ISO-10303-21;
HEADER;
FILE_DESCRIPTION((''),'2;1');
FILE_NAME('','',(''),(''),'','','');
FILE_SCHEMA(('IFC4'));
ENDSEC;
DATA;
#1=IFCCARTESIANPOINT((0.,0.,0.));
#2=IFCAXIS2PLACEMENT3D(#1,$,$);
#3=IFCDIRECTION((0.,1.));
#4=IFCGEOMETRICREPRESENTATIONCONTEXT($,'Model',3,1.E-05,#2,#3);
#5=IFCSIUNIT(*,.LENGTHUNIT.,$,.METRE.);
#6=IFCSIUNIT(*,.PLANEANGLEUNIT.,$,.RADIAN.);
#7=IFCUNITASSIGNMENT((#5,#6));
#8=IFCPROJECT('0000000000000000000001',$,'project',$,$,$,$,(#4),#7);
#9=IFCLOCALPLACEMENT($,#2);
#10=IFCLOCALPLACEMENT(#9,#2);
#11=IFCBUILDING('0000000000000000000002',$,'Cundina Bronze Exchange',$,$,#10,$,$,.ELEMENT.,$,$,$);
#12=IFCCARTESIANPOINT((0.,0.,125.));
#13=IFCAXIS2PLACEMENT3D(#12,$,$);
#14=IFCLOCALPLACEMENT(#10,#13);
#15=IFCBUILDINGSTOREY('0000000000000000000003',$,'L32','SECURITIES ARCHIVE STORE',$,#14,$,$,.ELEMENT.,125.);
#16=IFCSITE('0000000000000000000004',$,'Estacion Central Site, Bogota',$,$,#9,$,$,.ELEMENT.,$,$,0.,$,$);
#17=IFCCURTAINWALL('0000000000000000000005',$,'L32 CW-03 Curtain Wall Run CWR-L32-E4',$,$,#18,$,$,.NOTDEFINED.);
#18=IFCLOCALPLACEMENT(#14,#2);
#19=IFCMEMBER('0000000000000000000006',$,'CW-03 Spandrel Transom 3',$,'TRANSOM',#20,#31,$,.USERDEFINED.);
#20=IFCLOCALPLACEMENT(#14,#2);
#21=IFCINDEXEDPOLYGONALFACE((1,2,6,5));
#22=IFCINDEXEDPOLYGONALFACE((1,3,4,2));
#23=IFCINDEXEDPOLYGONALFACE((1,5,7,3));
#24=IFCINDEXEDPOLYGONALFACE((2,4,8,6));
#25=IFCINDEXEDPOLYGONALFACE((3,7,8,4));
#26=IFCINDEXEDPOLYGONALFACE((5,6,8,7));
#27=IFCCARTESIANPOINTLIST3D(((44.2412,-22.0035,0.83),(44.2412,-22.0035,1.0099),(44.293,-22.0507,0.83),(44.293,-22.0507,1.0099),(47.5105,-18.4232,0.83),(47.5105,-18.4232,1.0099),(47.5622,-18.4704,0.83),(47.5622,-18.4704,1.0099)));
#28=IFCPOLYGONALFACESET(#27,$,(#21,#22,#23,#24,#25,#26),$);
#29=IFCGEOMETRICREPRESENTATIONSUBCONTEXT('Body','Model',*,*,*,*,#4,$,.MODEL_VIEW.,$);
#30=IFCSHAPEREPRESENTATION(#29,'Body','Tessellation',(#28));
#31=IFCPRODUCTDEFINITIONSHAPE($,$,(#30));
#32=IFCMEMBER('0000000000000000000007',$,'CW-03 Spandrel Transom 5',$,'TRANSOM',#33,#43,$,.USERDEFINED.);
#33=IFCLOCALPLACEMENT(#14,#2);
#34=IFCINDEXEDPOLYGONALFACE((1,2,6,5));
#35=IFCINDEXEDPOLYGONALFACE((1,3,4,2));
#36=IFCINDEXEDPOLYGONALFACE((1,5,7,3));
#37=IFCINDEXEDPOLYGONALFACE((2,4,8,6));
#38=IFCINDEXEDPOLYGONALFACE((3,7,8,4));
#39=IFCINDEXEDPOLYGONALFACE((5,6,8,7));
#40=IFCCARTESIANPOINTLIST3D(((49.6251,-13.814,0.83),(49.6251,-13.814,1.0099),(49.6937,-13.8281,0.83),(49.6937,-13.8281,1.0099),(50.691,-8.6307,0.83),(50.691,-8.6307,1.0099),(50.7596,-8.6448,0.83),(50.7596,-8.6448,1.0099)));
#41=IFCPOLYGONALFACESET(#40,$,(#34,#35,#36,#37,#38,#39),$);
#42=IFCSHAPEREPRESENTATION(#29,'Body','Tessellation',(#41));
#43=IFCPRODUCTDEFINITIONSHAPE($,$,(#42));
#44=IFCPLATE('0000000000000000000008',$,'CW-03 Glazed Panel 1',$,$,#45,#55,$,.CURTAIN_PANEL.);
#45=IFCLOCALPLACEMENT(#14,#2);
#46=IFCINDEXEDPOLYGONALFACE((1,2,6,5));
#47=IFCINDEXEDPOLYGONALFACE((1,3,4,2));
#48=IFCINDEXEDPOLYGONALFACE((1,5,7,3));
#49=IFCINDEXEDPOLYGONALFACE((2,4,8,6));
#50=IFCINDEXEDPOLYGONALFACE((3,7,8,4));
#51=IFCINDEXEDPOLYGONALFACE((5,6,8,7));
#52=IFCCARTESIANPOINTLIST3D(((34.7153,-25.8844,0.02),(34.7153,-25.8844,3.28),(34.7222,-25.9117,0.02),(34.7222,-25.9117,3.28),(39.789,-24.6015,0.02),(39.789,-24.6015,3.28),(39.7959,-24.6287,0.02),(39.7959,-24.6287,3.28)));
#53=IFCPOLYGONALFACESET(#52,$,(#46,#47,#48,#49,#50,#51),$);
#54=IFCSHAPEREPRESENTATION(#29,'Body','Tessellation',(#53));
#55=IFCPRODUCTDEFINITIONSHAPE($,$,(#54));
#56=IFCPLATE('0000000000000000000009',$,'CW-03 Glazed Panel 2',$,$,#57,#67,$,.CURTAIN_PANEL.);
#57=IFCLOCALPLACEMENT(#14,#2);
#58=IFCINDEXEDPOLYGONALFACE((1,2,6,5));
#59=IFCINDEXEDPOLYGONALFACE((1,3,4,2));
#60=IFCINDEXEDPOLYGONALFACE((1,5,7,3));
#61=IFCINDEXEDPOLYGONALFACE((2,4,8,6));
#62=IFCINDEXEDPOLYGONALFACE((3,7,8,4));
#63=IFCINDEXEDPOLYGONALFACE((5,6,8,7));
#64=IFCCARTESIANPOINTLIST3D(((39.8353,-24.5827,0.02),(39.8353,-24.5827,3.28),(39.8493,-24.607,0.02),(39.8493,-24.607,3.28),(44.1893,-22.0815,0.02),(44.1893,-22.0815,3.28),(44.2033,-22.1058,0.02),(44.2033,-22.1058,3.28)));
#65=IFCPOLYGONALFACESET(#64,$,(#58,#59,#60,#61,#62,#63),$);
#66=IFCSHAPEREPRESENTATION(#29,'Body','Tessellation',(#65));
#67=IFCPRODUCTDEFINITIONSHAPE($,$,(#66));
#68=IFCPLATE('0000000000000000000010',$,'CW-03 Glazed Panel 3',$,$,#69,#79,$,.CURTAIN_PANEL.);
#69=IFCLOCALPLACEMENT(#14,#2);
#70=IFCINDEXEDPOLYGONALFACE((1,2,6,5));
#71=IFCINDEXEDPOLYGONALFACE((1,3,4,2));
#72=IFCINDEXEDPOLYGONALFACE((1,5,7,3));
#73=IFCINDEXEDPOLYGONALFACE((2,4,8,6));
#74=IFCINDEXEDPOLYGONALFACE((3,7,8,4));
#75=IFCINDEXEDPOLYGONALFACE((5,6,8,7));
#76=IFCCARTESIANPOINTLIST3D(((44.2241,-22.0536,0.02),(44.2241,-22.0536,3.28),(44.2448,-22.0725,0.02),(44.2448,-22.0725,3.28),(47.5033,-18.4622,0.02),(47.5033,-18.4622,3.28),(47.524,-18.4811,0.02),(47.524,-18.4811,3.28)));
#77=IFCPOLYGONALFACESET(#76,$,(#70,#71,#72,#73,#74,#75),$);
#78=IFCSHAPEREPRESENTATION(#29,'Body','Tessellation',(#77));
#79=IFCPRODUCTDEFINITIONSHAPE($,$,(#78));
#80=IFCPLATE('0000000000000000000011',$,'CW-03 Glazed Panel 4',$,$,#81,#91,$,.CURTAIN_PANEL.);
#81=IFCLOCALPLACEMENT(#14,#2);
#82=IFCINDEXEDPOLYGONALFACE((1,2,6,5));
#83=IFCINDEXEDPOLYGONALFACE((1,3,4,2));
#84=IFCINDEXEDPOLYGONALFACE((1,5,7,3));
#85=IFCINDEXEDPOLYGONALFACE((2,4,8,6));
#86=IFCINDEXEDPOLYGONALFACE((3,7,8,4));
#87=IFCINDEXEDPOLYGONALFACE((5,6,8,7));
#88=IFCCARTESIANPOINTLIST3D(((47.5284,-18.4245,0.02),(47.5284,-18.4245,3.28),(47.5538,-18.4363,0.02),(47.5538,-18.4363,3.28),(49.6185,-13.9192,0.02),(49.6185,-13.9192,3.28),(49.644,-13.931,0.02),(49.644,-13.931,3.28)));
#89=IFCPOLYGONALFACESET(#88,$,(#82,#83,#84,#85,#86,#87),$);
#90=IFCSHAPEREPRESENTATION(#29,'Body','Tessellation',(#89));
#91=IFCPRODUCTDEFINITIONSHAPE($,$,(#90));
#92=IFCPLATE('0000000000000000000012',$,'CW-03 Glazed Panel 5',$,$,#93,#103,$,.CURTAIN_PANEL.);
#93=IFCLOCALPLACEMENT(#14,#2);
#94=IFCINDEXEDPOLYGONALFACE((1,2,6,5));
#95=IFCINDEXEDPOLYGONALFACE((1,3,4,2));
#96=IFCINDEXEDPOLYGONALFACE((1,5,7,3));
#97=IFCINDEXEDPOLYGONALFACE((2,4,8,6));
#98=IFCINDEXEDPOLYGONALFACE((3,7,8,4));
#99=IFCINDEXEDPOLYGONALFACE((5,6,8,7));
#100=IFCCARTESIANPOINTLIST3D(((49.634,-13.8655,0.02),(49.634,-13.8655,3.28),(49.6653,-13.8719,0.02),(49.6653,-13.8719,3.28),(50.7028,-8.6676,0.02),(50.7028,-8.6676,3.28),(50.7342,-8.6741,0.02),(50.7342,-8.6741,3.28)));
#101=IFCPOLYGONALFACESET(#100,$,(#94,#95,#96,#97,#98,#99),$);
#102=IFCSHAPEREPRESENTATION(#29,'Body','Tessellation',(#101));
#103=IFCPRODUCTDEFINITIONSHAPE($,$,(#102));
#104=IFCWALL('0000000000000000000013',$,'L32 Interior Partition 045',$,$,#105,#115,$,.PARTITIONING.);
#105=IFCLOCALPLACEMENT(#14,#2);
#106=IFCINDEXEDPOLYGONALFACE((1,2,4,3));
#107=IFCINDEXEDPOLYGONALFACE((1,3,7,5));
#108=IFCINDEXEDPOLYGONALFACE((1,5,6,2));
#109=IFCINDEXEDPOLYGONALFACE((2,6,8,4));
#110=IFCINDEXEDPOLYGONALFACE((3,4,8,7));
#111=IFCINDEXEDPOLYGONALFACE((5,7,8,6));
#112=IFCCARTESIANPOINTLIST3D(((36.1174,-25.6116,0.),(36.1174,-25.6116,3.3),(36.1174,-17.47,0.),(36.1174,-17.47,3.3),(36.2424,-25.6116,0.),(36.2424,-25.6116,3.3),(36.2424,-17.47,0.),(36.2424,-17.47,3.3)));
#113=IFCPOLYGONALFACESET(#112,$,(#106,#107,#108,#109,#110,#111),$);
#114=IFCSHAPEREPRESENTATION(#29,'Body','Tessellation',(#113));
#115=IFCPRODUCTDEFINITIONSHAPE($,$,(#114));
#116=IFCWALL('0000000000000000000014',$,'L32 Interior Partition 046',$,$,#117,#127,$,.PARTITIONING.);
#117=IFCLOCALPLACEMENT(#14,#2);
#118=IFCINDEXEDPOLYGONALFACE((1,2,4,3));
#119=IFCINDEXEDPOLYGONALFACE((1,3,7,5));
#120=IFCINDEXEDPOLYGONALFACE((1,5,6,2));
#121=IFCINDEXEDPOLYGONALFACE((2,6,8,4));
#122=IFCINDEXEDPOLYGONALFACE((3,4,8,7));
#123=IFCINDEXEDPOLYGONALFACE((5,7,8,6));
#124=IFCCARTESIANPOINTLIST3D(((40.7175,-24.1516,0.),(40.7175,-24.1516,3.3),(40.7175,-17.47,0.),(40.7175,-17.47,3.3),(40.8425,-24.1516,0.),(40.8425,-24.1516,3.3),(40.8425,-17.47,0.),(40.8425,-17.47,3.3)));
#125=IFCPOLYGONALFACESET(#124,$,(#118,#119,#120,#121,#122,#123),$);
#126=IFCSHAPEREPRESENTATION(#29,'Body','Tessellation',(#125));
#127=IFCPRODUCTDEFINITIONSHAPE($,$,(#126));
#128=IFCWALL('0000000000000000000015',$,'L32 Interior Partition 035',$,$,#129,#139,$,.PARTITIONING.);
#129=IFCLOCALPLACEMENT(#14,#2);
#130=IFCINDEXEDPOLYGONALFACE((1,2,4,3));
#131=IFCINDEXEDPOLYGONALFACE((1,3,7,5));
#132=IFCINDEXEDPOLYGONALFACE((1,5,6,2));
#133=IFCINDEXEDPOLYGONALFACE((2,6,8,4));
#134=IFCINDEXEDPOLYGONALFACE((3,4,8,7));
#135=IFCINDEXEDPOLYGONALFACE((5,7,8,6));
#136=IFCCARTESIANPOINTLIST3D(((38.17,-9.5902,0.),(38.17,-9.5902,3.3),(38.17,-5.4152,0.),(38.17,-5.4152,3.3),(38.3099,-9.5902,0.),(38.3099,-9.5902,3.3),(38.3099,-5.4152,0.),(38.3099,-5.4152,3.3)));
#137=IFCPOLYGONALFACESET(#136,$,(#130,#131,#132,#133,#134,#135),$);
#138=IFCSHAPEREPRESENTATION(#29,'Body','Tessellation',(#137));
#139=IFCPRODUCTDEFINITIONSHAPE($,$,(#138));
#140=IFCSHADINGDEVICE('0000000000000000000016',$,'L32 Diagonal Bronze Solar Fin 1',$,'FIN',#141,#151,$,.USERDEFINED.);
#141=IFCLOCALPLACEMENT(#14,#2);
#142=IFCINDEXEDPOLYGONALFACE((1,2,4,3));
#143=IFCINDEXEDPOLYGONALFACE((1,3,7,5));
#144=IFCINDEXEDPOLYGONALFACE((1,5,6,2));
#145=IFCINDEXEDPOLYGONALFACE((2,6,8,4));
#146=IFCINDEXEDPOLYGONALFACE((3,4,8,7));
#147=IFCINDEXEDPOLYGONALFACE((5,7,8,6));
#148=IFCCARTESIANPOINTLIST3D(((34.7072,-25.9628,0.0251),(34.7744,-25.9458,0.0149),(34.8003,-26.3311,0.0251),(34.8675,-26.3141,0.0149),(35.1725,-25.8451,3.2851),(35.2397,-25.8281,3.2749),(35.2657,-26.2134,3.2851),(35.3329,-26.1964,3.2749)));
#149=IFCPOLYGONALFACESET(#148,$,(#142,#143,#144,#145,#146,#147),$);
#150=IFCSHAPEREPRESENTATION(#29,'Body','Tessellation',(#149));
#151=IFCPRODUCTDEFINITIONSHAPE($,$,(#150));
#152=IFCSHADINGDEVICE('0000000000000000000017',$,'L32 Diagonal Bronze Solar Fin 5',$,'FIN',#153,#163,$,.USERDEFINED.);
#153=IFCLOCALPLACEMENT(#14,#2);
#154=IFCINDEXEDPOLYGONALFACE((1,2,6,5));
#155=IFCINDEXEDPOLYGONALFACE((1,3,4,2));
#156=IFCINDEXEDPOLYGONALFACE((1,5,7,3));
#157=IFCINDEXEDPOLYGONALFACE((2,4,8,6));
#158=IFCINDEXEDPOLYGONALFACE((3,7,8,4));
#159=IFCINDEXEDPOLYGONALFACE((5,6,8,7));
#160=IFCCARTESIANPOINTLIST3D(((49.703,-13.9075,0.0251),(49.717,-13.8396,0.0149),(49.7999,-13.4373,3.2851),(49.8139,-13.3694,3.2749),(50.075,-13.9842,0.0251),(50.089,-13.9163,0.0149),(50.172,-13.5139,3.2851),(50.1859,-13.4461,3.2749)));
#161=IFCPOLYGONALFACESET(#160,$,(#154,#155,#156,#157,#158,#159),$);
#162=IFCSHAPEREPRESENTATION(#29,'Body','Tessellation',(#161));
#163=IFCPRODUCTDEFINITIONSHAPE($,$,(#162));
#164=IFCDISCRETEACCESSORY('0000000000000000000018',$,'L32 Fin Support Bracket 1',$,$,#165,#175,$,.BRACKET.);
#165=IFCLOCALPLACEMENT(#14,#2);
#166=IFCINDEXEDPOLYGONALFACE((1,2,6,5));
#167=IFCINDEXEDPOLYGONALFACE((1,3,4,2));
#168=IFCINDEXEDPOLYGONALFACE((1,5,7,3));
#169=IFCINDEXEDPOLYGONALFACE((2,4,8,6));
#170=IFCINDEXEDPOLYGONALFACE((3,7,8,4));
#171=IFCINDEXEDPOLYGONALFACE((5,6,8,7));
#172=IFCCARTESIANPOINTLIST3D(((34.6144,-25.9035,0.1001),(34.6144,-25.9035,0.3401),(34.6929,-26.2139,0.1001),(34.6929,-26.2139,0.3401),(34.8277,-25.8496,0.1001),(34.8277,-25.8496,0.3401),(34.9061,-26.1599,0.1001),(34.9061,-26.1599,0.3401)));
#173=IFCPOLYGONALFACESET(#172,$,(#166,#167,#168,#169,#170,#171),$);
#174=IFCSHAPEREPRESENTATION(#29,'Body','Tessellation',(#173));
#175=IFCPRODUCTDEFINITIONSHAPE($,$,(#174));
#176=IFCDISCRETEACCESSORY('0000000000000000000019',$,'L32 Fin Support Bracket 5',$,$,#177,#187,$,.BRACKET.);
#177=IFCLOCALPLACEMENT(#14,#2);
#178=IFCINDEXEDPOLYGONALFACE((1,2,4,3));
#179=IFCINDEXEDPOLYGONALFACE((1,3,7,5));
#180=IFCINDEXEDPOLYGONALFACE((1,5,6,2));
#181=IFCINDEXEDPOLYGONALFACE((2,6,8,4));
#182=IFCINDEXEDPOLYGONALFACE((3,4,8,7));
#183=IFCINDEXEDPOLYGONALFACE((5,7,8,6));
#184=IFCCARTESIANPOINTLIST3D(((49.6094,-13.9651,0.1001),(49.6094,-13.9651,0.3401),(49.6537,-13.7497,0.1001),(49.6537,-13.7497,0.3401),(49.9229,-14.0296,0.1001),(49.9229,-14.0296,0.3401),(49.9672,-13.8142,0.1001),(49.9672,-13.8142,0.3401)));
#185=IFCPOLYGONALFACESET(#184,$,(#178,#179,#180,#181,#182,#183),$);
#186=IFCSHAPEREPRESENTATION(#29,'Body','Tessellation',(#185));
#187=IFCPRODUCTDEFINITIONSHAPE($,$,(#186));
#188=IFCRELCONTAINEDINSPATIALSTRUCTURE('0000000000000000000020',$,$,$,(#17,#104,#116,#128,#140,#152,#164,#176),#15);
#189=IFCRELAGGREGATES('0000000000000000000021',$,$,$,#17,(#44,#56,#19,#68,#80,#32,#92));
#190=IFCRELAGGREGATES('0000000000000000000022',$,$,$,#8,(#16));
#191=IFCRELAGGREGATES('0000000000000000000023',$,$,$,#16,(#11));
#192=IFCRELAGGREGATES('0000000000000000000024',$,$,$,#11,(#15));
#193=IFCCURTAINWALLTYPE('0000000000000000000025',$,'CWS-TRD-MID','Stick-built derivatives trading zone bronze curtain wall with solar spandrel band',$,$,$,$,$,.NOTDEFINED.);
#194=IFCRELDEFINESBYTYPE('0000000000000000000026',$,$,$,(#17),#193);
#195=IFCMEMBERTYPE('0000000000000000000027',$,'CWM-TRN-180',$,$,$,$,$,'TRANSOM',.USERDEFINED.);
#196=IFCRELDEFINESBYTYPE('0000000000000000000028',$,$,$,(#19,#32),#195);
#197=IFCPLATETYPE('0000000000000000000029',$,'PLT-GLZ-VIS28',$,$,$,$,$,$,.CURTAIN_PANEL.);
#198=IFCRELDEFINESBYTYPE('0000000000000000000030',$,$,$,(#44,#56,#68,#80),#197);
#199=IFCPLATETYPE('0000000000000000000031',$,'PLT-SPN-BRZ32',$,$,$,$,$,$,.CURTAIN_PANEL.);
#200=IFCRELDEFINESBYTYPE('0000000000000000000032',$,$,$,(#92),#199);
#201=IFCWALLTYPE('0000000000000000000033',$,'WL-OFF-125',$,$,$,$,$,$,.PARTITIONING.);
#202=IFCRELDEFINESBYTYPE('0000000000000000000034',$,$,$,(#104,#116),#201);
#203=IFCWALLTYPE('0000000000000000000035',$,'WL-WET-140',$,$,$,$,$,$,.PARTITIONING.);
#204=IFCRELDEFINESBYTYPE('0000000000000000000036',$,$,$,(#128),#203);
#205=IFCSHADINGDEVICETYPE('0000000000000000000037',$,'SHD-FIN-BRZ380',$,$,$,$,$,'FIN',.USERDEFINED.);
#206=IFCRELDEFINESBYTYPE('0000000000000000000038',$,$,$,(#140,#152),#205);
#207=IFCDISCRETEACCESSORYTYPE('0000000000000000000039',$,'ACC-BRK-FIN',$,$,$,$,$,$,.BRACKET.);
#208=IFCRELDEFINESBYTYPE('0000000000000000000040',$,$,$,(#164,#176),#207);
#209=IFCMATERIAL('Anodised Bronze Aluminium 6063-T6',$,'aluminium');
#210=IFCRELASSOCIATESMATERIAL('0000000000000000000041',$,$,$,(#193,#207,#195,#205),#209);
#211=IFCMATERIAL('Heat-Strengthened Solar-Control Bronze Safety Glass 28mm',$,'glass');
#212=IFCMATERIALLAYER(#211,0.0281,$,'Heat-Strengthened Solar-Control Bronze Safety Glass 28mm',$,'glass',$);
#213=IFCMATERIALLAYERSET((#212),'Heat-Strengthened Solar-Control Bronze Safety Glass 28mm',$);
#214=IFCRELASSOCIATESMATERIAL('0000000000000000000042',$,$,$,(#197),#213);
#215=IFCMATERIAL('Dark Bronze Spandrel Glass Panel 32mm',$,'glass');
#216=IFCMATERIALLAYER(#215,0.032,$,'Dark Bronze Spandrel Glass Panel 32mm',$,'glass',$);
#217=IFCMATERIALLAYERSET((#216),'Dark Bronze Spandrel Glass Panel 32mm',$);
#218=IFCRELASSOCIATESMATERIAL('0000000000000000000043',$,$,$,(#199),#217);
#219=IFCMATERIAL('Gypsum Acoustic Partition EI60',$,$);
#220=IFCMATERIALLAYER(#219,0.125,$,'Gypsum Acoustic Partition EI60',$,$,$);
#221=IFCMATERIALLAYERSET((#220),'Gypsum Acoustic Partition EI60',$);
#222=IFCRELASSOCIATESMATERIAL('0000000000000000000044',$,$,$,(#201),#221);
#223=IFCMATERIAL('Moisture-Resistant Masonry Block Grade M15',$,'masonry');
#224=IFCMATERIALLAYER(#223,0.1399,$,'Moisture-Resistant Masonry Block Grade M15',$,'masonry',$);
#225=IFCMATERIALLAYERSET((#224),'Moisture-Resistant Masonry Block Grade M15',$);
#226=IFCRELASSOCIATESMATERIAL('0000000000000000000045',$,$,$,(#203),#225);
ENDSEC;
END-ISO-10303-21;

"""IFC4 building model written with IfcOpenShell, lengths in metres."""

from ifc_helpers import new_model, si_unit, direction, frame, frame_2d, origin, origin_2d, place, context, subcontext, project, spatial, rectangle, extrude, material, layer, layer_set, material_profile, profile_set, type_object, element, aggregate, save


model = new_model("IFC4")

# Units and contexts
model_context = context("Model", 3, precision=1e-05, world=origin(), true_north=direction((0.0, 1.0)))
body_context = subcontext(model_context, "Body", "Model", "MODEL_VIEW")
ifc_project = project(units=[si_unit("LENGTHUNIT", "METRE"), si_unit("PLANEANGLEUNIT", "RADIAN")], contexts=[model_context])

# Site, building, storey
site_placement = place(None, origin())
site = spatial("IfcSite", under=ifc_project, at=site_placement, Name="Estacion Central Site, Bogota", CompositionType="ELEMENT", RefElevation=0.0)
building_placement = place(site_placement, origin())
building = spatial("IfcBuilding", under=site, at=building_placement, Name="Cundina Bronze Exchange", CompositionType="ELEMENT")
storey_placement = place(building_placement, frame((0.0, 0.0, 125.0)))
storey = spatial("IfcBuildingStorey", under=building, at=storey_placement, Name="L32", Description="SECURITIES ARCHIVE STORE", CompositionType="ELEMENT", Elevation=125.0)

# Curtain wall, members, plates
ifc_material_1 = material(Name="Anodised Bronze Aluminium 6063-T6", Category="aluminium")
curtain_wall_type = type_object("IfcCurtainWallType", Name="CWS-TRD-MID", Description="Stick-built derivatives trading zone bronze curtain wall with solar spandrel band", PredefinedType="NOTDEFINED", material=ifc_material_1)
curtain_wall_placement = place(storey_placement, origin())
curtain_wall = element("IfcCurtainWall", 1, at=curtain_wall_placement, inside=storey, type_object=curtain_wall_type, Name="L32 CW-03 Curtain Wall Run CWR-L32-E4", PredefinedType="NOTDEFINED")
ifc_material_profile_1 = material_profile(ifc_material_1, rectangle(XDim=0.0701, YDim=0.1799, at=origin_2d()), Name="AL70X180", Category="aluminium")
ifc_profile_set_1 = profile_set([ifc_material_profile_1], Name="Anodised Bronze Aluminium 6063-T6")
member_type_1 = type_object("IfcMemberType", Name="CWM-TRN-180", ElementType="TRANSOM", PredefinedType="USERDEFINED", material=ifc_profile_set_1)
member_1_placement = place(storey_placement, frame((44.2671, -22.0271, 0.9199), z_axis=(0.674303, 0.738455, 0.0), x_axis=(-0.738455, 0.674303, 0.0)))
member_1 = element("IfcMember", 2, at=member_1_placement, type_object=member_type_1, Name="CW-03 Spandrel Transom 3", ObjectType="TRANSOM", PredefinedType="USERDEFINED", context=body_context, shape_type="SweptSolid", body=[
    extrude(rectangle(XDim=0.0701, YDim=0.1799, at=origin_2d()), origin(), (0.0, 0.0, 1.0), 4.8484),
])
member_2_placement = place(storey_placement, frame((49.6594, -13.821, 0.9199), z_axis=(0.201428, 0.979503, 0.0), x_axis=(-0.979503, 0.201428, 0.0)))
member_2 = element("IfcMember", 3, at=member_2_placement, type_object=member_type_1, Name="CW-03 Spandrel Transom 5", ObjectType="TRANSOM", PredefinedType="USERDEFINED", context=body_context, shape_type="SweptSolid", body=[
    extrude(rectangle(XDim=0.0701, YDim=0.1799, at=origin_2d()), origin(), (0.0, 0.0, 1.0), 5.2917),
])
ifc_material_2 = material(Name="Heat-Strengthened Solar-Control Bronze Safety Glass 28mm", Category="glass")
ifc_layer_1 = layer(ifc_material_2, 0.0281, Name="Heat-Strengthened Solar-Control Bronze Safety Glass 28mm", Category="glass")
ifc_layer_set_1 = layer_set([ifc_layer_1], Name="Heat-Strengthened Solar-Control Bronze Safety Glass 28mm")
plate_type_1 = type_object("IfcPlateType", Name="PLT-GLZ-VIS28", PredefinedType="CURTAIN_PANEL", material=ifc_layer_set_1)
plate_1_placement = place(storey_placement, frame((37.2556, -25.2566, 0.02), z_axis=(0.0, 0.0, 1.0), x_axis=(0.969488, 0.245138, 0.0)))
plate_1 = element("IfcPlate", 4, at=plate_1_placement, type_object=plate_type_1, Name="CW-03 Glazed Panel 1", PredefinedType="CURTAIN_PANEL", context=body_context, shape_type="SweptSolid", body=[
    extrude(rectangle(XDim=5.2334, YDim=0.0281, at=origin_2d()), origin(), (0.0, 0.0, 1.0), 3.26),
])
plate_2_placement = place(storey_placement, frame((42.0193, -23.3442, 0.02), z_axis=(0.0, 0.0, 1.0), x_axis=(0.867105, 0.498125, 0.0)))
plate_2 = element("IfcPlate", 5, at=plate_2_placement, type_object=plate_type_1, Name="CW-03 Glazed Panel 2", PredefinedType="CURTAIN_PANEL", context=body_context, shape_type="SweptSolid", body=[
    extrude(rectangle(XDim=5.0212, YDim=0.0281, at=origin_2d()), origin(), (0.0, 0.0, 1.0), 3.26),
])
plate_3_placement = place(storey_placement, frame((45.874, -20.2673, 0.02), z_axis=(0.0, 0.0, 1.0), x_axis=(0.674277, 0.738479, 0.0)))
plate_3 = element("IfcPlate", 6, at=plate_3_placement, type_object=plate_type_1, Name="CW-03 Glazed Panel 3", PredefinedType="CURTAIN_PANEL", context=body_context, shape_type="SweptSolid", body=[
    extrude(rectangle(XDim=4.8633, YDim=0.0281, at=origin_2d()), origin(), (0.0, 0.0, 1.0), 3.26),
])
plate_4_placement = place(storey_placement, frame((48.5862, -16.1777, 0.02), z_axis=(0.0, 0.0, 1.0), x_axis=(0.420846, 0.907132, 0.0)))
plate_4 = element("IfcPlate", 7, at=plate_4_placement, type_object=plate_type_1, Name="CW-03 Glazed Panel 4", PredefinedType="CURTAIN_PANEL", context=body_context, shape_type="SweptSolid", body=[
    extrude(rectangle(XDim=4.9666, YDim=0.0281, at=origin_2d()), origin(), (0.0, 0.0, 1.0), 3.26),
])
ifc_material_3 = material(Name="Dark Bronze Spandrel Glass Panel 32mm", Category="glass")
ifc_layer_2 = layer(ifc_material_3, 0.032, Name="Dark Bronze Spandrel Glass Panel 32mm", Category="glass")
ifc_layer_set_2 = layer_set([ifc_layer_2], Name="Dark Bronze Spandrel Glass Panel 32mm")
plate_type_2 = type_object("IfcPlateType", Name="PLT-SPN-BRZ32", PredefinedType="CURTAIN_PANEL", material=ifc_layer_set_2)
plate_5_placement = place(storey_placement, frame((50.1841, -11.2698, 0.02), z_axis=(0.0, 0.0, 1.0), x_axis=(0.20142, 0.979505, 0.0)))
plate_5 = element("IfcPlate", 8, at=plate_5_placement, type_object=plate_type_2, Name="CW-03 Glazed Panel 5", PredefinedType="CURTAIN_PANEL", context=body_context, shape_type="SweptSolid", body=[
    extrude(rectangle(XDim=5.3066, YDim=0.032, at=origin_2d()), origin(), (0.0, 0.0, 1.0), 3.26),
])
aggregate(curtain_wall, [plate_1, plate_2, member_1, plate_3, plate_4, member_2, plate_5])

# Walls
ifc_material_4 = material(Name="Gypsum Acoustic Partition EI60")
ifc_layer_3 = layer(ifc_material_4, 0.125, Name="Gypsum Acoustic Partition EI60")
ifc_layer_set_3 = layer_set([ifc_layer_3], Name="Gypsum Acoustic Partition EI60")
wall_type_1 = type_object("IfcWallType", Name="WL-OFF-125", PredefinedType="PARTITIONING", material=ifc_layer_set_3)
wall_1_placement = place(storey_placement, frame((36.1799, -25.6116, 0.0), z_axis=(0.0, 0.0, 1.0), x_axis=(0.0, 1.0, 0.0)))
element("IfcWall", 9, at=wall_1_placement, inside=storey, type_object=wall_type_1, Name="L32 Interior Partition 045", PredefinedType="PARTITIONING", context=body_context, shape_type="SweptSolid", body=[
    extrude(rectangle(XDim=8.1416, YDim=0.125, at=frame_2d((4.0708, 0.0))), origin(), (0.0, 0.0, 1.0), 3.3),
])
wall_2_placement = place(storey_placement, frame((40.78, -24.1516, 0.0), z_axis=(0.0, 0.0, 1.0), x_axis=(0.0, 1.0, 0.0)))
element("IfcWall", 10, at=wall_2_placement, inside=storey, type_object=wall_type_1, Name="L32 Interior Partition 046", PredefinedType="PARTITIONING", context=body_context, shape_type="SweptSolid", body=[
    extrude(rectangle(XDim=6.6816, YDim=0.125, at=frame_2d((3.3408, 0.0))), origin(), (0.0, 0.0, 1.0), 3.3),
])
ifc_material_5 = material(Name="Moisture-Resistant Masonry Block Grade M15", Category="masonry")
ifc_layer_4 = layer(ifc_material_5, 0.1399, Name="Moisture-Resistant Masonry Block Grade M15", Category="masonry")
ifc_layer_set_4 = layer_set([ifc_layer_4], Name="Moisture-Resistant Masonry Block Grade M15")
wall_type_2 = type_object("IfcWallType", Name="WL-WET-140", PredefinedType="PARTITIONING", material=ifc_layer_set_4)
wall_3_placement = place(storey_placement, frame((38.24, -9.5901, 0.0), z_axis=(0.0, 0.0, 1.0), x_axis=(0.0, 1.0, 0.0)))
element("IfcWall", 11, at=wall_3_placement, inside=storey, type_object=wall_type_2, Name="L32 Interior Partition 035", PredefinedType="PARTITIONING", context=body_context, shape_type="SweptSolid", body=[
    extrude(rectangle(XDim=4.175, YDim=0.1399, at=frame_2d((2.0874, 0.0))), origin(), (0.0, 0.0, 1.0), 3.3),
])

# Shading devices
ifc_material_profile_2 = material_profile(ifc_material_1, rectangle(XDim=0.0701, YDim=0.3799, at=origin_2d()), Name="FIN70X380", Category="aluminium")
ifc_profile_set_2 = profile_set([ifc_material_profile_2], Name="Anodised Bronze Aluminium 6063-T6")
shading_device_type = type_object("IfcShadingDeviceType", Name="SHD-FIN-BRZ380", ElementType="FIN", PredefinedType="USERDEFINED", material=ifc_profile_set_2)
for number, where, z_axis, x_axis, name in (
    (12, (34.7874, -26.1384, 0.02), (0.141217, 0.035712, 0.989334), (-0.959141, -0.242553, 0.145663), "L32 Diagonal Bronze Solar Fin 1"),
    (13, (49.896, -13.9119, 0.02), (0.029414, 0.142698, 0.989329), (-0.199728, -0.968959, 0.145698), "L32 Diagonal Bronze Solar Fin 5"),
):
    element("IfcShadingDevice", number, at=place(storey_placement, frame(where, z_axis=z_axis, x_axis=x_axis)), inside=storey, type_object=shading_device_type, Name=name, ObjectType="FIN", PredefinedType="USERDEFINED", context=body_context, shape_type="SweptSolid", body=[
        extrude(rectangle(XDim=0.0701, YDim=0.3799, at=origin_2d()), origin(), (0.0, 0.0, 1.0), 3.2952),
    ])

# Discrete accessories
discrete_accessory_type = type_object("IfcDiscreteAccessoryType", Name="ACC-BRK-FIN", PredefinedType="BRACKET", material=ifc_material_1)
for number, where, z_axis, x_axis, name in (
    (14, (34.7603, -26.0317, 0.1001), (0.0, 0.0, 1.0), (0.969488, 0.245138, 0.0), "L32 Fin Support Bracket 1"),
    (15, (49.7883, -13.8896, 0.1001), (0.0, 0.0, 1.0), (0.20142, 0.979505, 0.0), "L32 Fin Support Bracket 5"),
):
    element("IfcDiscreteAccessory", number, at=place(storey_placement, frame(where, z_axis=z_axis, x_axis=x_axis)), inside=storey, type_object=discrete_accessory_type, Name=name, PredefinedType="BRACKET", context=body_context, shape_type="SweptSolid", body=[
        extrude(rectangle(XDim=0.22, YDim=0.3201, at=origin_2d()), origin(), (0.0, 0.0, 1.0), 0.24),
    ])

save(model, "model.ifc")
